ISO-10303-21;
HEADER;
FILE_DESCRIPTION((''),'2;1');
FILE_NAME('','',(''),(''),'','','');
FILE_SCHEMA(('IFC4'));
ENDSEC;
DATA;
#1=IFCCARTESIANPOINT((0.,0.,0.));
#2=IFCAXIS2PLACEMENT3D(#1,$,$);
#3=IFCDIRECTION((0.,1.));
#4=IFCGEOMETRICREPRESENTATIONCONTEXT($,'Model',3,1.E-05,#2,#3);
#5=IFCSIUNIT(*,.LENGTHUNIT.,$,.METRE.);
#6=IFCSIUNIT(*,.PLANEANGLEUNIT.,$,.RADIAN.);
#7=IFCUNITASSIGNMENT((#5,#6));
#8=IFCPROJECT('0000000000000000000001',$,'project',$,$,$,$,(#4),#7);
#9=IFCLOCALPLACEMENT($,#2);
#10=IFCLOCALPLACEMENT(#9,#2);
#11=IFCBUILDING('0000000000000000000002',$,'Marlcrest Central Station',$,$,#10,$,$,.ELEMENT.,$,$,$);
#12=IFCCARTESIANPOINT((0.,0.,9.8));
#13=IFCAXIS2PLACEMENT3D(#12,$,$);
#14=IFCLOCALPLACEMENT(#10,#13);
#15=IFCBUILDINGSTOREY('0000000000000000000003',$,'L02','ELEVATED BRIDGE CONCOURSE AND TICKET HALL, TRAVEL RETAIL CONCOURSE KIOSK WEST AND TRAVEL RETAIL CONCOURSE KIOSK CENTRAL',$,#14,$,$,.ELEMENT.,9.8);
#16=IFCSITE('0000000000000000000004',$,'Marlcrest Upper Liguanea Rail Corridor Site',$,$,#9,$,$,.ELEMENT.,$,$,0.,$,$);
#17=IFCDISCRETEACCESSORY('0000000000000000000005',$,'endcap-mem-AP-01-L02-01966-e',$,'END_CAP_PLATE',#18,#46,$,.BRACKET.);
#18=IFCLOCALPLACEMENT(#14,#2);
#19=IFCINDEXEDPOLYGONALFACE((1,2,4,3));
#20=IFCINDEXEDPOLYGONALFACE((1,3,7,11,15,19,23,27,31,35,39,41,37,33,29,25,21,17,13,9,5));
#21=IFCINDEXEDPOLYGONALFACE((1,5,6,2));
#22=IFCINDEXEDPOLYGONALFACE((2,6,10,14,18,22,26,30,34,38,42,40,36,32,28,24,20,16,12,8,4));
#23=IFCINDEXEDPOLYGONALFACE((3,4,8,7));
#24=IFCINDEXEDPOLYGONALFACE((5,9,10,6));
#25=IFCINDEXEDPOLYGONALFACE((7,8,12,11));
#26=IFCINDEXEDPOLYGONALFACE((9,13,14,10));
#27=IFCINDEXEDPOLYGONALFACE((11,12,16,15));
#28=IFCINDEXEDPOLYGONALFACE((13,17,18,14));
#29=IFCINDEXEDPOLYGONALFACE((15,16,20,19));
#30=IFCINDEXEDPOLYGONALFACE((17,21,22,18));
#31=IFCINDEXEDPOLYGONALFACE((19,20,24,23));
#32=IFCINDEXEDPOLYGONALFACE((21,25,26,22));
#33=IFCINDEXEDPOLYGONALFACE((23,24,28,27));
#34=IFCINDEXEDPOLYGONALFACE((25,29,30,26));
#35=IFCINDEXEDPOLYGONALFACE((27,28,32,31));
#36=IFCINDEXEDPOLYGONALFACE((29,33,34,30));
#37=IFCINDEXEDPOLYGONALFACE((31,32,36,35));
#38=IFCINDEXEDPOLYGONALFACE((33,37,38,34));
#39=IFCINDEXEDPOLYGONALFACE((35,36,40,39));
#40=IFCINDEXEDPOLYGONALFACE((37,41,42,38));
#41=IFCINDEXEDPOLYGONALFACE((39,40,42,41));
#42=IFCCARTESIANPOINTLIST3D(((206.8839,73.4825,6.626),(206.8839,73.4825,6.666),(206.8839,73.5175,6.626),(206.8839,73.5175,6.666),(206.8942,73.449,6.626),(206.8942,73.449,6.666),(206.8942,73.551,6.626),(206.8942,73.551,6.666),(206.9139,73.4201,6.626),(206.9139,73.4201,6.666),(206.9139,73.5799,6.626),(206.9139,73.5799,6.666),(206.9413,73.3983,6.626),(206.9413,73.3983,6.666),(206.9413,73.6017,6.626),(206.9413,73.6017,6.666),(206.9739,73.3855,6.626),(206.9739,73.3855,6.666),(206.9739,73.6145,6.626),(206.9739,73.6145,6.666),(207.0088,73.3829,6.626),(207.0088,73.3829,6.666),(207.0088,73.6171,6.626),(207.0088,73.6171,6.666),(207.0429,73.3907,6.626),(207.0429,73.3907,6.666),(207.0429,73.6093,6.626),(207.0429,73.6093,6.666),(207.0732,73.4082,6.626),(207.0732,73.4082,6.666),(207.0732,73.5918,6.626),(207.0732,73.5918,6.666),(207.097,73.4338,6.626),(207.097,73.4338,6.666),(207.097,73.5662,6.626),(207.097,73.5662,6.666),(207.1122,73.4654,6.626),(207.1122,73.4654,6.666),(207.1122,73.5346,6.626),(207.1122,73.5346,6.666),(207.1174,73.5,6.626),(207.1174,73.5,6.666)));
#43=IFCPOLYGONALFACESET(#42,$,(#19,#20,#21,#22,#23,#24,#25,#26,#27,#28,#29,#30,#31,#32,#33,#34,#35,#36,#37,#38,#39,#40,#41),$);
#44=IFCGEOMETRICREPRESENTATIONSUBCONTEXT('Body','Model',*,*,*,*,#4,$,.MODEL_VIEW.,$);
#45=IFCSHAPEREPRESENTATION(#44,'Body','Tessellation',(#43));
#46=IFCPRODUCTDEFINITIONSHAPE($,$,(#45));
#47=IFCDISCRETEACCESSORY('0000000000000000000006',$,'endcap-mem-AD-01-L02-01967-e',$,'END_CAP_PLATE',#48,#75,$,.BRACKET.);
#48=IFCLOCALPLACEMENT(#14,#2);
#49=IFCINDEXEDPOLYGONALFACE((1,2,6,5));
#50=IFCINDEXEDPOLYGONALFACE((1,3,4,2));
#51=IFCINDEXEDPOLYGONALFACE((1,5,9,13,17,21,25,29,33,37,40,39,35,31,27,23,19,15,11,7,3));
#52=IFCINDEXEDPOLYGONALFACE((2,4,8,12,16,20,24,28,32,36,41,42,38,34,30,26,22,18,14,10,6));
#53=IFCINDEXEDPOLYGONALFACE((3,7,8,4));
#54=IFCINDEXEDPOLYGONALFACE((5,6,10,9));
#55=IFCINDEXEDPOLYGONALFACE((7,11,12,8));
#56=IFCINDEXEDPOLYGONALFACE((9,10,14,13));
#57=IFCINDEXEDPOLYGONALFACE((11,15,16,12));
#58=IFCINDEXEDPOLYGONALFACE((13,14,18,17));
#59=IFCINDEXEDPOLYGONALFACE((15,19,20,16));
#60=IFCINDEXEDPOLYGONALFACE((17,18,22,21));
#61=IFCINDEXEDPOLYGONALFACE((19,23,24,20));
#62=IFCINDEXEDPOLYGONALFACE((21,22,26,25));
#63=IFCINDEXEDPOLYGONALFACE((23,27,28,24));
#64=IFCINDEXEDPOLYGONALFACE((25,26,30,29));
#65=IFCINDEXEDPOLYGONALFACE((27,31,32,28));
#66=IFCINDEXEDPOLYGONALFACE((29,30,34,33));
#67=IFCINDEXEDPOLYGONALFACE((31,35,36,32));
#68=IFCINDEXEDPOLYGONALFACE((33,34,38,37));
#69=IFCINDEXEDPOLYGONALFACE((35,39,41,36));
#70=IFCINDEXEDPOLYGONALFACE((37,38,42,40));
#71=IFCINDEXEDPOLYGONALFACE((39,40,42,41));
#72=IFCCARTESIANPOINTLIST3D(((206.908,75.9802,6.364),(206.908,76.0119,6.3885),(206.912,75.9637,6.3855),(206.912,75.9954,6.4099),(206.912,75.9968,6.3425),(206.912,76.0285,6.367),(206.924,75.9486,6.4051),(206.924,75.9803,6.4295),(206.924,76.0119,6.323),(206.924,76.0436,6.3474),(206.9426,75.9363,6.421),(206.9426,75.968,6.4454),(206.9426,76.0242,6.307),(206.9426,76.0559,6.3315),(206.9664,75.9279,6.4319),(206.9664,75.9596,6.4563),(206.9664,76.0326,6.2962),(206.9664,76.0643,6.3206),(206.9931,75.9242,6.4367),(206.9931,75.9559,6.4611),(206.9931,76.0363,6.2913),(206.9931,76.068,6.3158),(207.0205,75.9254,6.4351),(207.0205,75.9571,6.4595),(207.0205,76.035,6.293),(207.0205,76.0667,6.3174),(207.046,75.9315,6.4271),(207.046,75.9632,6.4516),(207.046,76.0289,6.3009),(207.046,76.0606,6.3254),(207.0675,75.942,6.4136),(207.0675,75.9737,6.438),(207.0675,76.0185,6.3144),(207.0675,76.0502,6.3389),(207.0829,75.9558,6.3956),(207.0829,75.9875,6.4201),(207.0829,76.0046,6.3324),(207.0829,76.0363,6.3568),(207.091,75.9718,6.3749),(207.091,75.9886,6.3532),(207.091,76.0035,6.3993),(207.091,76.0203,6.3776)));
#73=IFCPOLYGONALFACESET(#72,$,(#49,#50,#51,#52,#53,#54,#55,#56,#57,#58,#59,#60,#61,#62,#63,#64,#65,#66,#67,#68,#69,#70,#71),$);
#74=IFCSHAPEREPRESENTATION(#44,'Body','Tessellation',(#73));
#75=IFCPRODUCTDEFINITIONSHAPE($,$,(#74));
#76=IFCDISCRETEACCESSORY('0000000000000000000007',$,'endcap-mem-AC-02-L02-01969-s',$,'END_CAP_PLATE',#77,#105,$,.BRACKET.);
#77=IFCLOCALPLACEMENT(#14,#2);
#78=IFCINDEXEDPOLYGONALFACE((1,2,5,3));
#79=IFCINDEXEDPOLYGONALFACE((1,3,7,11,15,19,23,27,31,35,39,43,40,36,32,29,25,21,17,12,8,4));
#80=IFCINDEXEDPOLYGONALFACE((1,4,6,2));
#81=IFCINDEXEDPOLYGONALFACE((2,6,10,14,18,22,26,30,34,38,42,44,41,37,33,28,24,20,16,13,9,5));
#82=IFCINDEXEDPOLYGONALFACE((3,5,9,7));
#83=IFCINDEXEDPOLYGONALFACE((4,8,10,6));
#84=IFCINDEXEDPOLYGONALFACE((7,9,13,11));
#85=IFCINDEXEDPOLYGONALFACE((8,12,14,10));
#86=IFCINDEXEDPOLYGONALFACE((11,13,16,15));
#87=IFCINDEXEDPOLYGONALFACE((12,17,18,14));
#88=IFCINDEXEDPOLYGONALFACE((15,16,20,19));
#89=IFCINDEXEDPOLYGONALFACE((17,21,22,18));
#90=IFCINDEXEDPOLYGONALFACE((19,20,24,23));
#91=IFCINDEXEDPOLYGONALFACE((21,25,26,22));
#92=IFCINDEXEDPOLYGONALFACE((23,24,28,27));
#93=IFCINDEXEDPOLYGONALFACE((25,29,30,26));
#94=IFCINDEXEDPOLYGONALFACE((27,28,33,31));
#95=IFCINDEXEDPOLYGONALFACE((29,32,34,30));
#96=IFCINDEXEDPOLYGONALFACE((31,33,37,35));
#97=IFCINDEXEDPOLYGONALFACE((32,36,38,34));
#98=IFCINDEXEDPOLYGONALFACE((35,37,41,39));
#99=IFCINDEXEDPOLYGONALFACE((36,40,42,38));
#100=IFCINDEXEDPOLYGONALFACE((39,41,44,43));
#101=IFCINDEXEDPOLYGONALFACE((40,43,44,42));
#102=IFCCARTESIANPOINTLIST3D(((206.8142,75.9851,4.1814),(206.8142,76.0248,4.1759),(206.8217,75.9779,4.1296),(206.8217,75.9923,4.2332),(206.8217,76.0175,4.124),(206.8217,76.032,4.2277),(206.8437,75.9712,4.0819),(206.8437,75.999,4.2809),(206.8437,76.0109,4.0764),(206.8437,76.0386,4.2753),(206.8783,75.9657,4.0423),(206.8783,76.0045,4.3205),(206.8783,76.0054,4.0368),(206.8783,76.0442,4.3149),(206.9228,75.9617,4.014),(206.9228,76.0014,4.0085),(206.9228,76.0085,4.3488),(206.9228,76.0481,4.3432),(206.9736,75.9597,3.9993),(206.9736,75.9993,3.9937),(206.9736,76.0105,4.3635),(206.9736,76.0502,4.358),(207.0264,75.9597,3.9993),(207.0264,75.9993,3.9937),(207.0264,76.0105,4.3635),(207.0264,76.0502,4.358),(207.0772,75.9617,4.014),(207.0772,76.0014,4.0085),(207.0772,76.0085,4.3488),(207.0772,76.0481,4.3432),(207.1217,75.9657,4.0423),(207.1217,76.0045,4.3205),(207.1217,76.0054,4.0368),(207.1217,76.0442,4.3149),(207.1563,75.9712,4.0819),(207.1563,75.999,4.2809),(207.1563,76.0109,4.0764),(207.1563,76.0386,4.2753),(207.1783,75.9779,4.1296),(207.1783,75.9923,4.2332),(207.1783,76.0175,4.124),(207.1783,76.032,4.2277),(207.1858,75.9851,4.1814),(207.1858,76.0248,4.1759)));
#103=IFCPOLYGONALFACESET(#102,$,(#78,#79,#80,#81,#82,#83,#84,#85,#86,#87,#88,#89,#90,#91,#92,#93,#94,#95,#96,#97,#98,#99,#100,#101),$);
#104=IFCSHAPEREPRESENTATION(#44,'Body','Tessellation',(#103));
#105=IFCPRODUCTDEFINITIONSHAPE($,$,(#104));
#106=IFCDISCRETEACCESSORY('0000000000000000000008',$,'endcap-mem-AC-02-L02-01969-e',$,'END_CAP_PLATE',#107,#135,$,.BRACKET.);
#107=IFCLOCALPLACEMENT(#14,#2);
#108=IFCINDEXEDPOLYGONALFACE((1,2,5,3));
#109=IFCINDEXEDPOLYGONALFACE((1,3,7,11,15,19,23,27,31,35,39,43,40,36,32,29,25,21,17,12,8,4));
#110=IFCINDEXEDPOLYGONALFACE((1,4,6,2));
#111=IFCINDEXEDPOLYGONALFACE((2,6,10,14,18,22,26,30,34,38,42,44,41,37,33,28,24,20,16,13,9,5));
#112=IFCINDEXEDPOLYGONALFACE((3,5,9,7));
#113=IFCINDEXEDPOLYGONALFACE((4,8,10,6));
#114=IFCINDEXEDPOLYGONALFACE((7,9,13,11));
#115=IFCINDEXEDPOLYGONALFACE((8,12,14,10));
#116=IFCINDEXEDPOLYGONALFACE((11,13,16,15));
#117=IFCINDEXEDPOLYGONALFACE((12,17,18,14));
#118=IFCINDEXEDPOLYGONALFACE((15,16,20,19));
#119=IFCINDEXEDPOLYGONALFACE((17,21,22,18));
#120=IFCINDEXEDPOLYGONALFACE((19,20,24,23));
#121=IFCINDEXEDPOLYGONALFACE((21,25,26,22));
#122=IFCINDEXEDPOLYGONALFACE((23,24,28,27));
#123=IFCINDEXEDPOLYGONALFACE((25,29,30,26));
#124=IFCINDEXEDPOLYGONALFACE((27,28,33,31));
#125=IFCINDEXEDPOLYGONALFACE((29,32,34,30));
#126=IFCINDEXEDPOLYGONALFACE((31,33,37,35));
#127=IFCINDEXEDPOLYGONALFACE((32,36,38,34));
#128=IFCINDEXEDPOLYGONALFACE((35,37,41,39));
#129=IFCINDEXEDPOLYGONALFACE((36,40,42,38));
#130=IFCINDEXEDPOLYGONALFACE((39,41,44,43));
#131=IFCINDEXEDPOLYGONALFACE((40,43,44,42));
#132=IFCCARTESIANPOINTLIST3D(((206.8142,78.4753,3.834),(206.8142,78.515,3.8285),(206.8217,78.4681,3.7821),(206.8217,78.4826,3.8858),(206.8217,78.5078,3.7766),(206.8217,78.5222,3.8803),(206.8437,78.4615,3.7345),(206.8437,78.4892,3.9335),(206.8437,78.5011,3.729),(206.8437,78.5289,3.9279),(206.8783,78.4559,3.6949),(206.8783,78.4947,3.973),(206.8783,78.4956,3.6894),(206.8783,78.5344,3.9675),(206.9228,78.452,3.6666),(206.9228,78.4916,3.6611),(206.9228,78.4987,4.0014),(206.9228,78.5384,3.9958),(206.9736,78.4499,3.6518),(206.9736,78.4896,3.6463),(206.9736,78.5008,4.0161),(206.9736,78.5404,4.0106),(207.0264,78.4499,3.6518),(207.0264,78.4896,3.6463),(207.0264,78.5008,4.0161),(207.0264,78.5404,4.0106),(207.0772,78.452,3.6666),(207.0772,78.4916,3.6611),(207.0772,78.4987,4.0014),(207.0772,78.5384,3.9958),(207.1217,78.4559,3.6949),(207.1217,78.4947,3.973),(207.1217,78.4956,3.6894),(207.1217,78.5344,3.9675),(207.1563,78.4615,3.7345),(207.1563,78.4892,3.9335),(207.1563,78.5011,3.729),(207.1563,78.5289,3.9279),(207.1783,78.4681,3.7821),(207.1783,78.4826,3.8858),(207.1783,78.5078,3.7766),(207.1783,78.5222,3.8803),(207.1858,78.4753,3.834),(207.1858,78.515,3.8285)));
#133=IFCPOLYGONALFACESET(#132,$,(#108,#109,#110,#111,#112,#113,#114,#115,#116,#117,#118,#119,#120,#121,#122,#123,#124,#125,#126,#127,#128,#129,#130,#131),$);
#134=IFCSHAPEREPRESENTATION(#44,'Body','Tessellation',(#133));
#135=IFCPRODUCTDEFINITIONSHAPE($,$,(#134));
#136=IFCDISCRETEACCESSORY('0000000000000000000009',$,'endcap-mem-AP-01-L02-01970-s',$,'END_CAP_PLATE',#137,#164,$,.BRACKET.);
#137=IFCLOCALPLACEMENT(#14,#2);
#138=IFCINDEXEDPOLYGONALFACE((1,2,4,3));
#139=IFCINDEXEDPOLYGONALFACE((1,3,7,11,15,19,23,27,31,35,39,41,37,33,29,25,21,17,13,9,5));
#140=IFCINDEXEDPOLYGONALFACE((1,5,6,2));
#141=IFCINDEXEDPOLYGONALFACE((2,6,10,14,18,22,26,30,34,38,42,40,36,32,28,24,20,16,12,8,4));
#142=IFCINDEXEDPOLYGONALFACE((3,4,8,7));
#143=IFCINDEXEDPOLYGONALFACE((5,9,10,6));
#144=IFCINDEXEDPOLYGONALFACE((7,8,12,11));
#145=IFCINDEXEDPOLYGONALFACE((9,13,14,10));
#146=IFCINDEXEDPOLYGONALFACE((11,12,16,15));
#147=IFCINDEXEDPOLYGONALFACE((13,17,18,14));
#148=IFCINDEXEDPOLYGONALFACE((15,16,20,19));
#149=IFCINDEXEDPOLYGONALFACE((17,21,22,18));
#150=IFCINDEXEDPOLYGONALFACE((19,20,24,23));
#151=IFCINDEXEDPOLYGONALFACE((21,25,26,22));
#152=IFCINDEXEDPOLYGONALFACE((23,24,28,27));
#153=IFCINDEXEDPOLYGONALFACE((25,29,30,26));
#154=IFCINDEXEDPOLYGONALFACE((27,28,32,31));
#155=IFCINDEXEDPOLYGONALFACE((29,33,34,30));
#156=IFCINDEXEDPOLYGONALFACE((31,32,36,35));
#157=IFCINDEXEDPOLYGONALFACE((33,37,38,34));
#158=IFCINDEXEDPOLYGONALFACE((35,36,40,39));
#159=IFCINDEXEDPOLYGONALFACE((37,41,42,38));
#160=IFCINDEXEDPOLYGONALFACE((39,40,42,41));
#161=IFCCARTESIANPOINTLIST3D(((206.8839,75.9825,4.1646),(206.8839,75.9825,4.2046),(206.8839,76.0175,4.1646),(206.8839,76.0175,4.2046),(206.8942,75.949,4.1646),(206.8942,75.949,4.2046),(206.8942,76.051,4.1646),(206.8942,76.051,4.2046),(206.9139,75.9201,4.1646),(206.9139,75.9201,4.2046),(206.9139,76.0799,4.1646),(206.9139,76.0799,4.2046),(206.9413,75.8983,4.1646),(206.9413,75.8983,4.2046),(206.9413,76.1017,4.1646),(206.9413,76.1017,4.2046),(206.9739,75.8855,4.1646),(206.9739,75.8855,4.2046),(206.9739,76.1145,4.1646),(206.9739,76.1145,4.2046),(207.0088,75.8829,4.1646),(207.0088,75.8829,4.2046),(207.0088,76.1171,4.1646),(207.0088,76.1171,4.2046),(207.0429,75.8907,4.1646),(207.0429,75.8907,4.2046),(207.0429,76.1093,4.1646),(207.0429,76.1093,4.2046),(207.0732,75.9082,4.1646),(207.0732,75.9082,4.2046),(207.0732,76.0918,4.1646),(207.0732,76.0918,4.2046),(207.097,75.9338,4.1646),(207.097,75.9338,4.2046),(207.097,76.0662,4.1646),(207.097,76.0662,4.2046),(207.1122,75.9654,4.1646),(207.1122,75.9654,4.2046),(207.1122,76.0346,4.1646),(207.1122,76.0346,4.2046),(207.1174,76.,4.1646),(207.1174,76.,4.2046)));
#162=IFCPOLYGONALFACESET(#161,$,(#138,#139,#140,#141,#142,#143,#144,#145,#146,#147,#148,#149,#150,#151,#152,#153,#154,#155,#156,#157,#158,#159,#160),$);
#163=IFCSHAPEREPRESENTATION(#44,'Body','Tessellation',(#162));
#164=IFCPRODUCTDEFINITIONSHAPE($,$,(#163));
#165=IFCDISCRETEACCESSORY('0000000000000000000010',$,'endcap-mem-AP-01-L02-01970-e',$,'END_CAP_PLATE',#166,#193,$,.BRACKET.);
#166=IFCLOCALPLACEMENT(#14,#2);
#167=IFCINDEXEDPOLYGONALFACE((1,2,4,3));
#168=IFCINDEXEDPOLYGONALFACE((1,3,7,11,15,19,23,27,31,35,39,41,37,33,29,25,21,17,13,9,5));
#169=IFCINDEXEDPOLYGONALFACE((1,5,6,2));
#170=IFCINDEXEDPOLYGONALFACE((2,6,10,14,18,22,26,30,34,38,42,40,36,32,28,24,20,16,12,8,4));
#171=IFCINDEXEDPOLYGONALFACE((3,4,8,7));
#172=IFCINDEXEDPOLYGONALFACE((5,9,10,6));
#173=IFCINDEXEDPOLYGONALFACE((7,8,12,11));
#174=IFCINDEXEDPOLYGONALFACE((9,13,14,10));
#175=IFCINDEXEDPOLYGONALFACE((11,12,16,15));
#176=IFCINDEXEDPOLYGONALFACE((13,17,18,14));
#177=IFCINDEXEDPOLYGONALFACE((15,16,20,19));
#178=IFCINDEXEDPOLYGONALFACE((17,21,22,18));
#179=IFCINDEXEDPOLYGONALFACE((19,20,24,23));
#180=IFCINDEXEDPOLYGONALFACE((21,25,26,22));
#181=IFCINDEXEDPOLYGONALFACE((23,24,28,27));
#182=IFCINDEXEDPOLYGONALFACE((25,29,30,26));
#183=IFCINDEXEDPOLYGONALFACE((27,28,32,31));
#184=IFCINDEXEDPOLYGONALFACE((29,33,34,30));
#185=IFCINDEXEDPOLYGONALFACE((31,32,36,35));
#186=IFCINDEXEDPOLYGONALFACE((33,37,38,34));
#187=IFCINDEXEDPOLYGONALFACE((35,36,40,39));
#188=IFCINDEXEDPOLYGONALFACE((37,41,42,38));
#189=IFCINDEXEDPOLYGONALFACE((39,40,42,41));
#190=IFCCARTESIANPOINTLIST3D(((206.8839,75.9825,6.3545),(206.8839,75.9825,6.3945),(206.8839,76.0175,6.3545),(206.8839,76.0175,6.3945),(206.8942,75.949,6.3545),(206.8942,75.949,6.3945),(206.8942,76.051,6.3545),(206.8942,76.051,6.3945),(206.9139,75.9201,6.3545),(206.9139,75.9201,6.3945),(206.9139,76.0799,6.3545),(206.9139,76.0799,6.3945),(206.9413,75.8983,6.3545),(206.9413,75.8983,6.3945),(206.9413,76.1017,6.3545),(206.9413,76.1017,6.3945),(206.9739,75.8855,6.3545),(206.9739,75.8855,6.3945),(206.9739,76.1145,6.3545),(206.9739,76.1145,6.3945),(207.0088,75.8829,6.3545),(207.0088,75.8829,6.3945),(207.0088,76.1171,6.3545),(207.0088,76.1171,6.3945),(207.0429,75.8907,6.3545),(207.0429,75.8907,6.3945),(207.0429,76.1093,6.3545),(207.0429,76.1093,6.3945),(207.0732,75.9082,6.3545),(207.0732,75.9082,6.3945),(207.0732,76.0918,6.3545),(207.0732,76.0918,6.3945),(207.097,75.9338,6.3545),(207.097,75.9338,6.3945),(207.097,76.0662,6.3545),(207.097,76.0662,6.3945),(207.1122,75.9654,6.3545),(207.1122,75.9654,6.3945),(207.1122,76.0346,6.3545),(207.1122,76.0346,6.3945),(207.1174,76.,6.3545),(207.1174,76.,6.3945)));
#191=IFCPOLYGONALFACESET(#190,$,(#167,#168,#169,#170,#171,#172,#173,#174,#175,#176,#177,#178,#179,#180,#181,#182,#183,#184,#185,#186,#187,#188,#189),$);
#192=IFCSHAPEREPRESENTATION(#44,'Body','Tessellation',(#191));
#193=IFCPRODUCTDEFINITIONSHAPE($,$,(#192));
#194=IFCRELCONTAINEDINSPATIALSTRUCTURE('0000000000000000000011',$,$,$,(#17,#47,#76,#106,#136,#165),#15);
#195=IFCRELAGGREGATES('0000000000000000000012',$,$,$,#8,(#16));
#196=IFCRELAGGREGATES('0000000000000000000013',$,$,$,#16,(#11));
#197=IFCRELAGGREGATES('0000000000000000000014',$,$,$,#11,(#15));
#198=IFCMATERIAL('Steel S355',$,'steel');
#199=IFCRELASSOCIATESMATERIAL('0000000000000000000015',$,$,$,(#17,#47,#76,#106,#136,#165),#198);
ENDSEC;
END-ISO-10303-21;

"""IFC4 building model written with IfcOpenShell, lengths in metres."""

from ifc_helpers import new_model, si_unit, direction, frame, origin, origin_2d, place, context, subcontext, project, spatial, circle, extrude, material, element, save


model = new_model("IFC4")

# Units and contexts
model_context = context("Model", 3, precision=1e-05, world=origin(), true_north=direction((0.0, 1.0)))
body_context = subcontext(model_context, "Body", "Model", "MODEL_VIEW")
ifc_project = project(units=[si_unit("LENGTHUNIT", "METRE"), si_unit("PLANEANGLEUNIT", "RADIAN")], contexts=[model_context])

# Site, building, storey
site_placement = place(None, origin())
site = spatial("IfcSite", under=ifc_project, at=site_placement, Name="Marlcrest Upper Liguanea Rail Corridor Site", CompositionType="ELEMENT", RefElevation=0.0)
building_placement = place(site_placement, origin())
building = spatial("IfcBuilding", under=site, at=building_placement, Name="Marlcrest Central Station", CompositionType="ELEMENT")
storey_placement = place(building_placement, frame((0.0, 0.0, 9.8)))
storey = spatial("IfcBuildingStorey", under=building, at=storey_placement, Name="L02", Description="ELEVATED BRIDGE CONCOURSE AND TICKET HALL, TRAVEL RETAIL CONCOURSE KIOSK WEST AND TRAVEL RETAIL CONCOURSE KIOSK CENTRAL", CompositionType="ELEMENT", Elevation=9.8)

# Shared definitions
ifc_material = material(Name="Steel S355", Category="steel")

# Discrete accessories
for number, where, z_axis, x_axis, name in (
    (1, (207.0, 73.5, 6.626), (0.0, 0.0, 1.0), (1.0, 0.0, 0.0), "endcap-mem-AP-01-L02-01966-e"),
):
    element("IfcDiscreteAccessory", number, at=place(storey_placement, frame(where, z_axis=z_axis, x_axis=x_axis)), inside=storey, material=ifc_material, Name=name, ObjectType="END_CAP_PLATE", PredefinedType="BRACKET", context=body_context, shape_type="SweptSolid", body=[
        extrude(circle(Radius=0.1174, at=origin_2d()), origin(), (0.0, 0.0, 1.0), 0.04),
    ])
discrete_accessory_1_placement = place(storey_placement, frame((207.0, 75.9802, 6.364), z_axis=(0.0, 0.791798, 0.610783), x_axis=(-1.0, 0.0, 0.0)))
element("IfcDiscreteAccessory", 2, at=discrete_accessory_1_placement, inside=storey, material=ifc_material, Name="endcap-mem-AD-01-L02-01967-e", ObjectType="END_CAP_PLATE", PredefinedType="BRACKET", context=body_context, shape_type="SweptSolid", body=[
    extrude(circle(Radius=0.092, at=origin_2d()), origin(), (0.0, 0.0, 1.0), 0.04),
])
for number, where, z_axis, x_axis, name in (
    (3, (207.0, 75.9851, 4.1814), (0.0, 0.990403, -0.138211), (-1.0, 0.0, 0.0), "endcap-mem-AC-02-L02-01969-s"),
    (4, (207.0, 78.4753, 3.834), (0.0, 0.990403, -0.138211), (-1.0, 0.0, 0.0), "endcap-mem-AC-02-L02-01969-e"),
):
    element("IfcDiscreteAccessory", number, at=place(storey_placement, frame(where, z_axis=z_axis, x_axis=x_axis)), inside=storey, material=ifc_material, Name=name, ObjectType="END_CAP_PLATE", PredefinedType="BRACKET", context=body_context, shape_type="SweptSolid", body=[
        extrude(circle(Radius=0.1858, at=origin_2d()), origin(), (0.0, 0.0, 1.0), 0.04),
    ])
for number, where, z_axis, x_axis, name in (
    (5, (207.0, 76.0, 4.1646), (0.0, 0.0, 1.0), (1.0, 0.0, 0.0), "endcap-mem-AP-01-L02-01970-s"),
    (6, (207.0, 76.0, 6.3545), (0.0, 0.0, 1.0), (1.0, 0.0, 0.0), "endcap-mem-AP-01-L02-01970-e"),
):
    element("IfcDiscreteAccessory", number, at=place(storey_placement, frame(where, z_axis=z_axis, x_axis=x_axis)), inside=storey, material=ifc_material, Name=name, ObjectType="END_CAP_PLATE", PredefinedType="BRACKET", context=body_context, shape_type="SweptSolid", body=[
        extrude(circle(Radius=0.1174, at=origin_2d()), origin(), (0.0, 0.0, 1.0), 0.04),
    ])

save(model, "model.ifc")
